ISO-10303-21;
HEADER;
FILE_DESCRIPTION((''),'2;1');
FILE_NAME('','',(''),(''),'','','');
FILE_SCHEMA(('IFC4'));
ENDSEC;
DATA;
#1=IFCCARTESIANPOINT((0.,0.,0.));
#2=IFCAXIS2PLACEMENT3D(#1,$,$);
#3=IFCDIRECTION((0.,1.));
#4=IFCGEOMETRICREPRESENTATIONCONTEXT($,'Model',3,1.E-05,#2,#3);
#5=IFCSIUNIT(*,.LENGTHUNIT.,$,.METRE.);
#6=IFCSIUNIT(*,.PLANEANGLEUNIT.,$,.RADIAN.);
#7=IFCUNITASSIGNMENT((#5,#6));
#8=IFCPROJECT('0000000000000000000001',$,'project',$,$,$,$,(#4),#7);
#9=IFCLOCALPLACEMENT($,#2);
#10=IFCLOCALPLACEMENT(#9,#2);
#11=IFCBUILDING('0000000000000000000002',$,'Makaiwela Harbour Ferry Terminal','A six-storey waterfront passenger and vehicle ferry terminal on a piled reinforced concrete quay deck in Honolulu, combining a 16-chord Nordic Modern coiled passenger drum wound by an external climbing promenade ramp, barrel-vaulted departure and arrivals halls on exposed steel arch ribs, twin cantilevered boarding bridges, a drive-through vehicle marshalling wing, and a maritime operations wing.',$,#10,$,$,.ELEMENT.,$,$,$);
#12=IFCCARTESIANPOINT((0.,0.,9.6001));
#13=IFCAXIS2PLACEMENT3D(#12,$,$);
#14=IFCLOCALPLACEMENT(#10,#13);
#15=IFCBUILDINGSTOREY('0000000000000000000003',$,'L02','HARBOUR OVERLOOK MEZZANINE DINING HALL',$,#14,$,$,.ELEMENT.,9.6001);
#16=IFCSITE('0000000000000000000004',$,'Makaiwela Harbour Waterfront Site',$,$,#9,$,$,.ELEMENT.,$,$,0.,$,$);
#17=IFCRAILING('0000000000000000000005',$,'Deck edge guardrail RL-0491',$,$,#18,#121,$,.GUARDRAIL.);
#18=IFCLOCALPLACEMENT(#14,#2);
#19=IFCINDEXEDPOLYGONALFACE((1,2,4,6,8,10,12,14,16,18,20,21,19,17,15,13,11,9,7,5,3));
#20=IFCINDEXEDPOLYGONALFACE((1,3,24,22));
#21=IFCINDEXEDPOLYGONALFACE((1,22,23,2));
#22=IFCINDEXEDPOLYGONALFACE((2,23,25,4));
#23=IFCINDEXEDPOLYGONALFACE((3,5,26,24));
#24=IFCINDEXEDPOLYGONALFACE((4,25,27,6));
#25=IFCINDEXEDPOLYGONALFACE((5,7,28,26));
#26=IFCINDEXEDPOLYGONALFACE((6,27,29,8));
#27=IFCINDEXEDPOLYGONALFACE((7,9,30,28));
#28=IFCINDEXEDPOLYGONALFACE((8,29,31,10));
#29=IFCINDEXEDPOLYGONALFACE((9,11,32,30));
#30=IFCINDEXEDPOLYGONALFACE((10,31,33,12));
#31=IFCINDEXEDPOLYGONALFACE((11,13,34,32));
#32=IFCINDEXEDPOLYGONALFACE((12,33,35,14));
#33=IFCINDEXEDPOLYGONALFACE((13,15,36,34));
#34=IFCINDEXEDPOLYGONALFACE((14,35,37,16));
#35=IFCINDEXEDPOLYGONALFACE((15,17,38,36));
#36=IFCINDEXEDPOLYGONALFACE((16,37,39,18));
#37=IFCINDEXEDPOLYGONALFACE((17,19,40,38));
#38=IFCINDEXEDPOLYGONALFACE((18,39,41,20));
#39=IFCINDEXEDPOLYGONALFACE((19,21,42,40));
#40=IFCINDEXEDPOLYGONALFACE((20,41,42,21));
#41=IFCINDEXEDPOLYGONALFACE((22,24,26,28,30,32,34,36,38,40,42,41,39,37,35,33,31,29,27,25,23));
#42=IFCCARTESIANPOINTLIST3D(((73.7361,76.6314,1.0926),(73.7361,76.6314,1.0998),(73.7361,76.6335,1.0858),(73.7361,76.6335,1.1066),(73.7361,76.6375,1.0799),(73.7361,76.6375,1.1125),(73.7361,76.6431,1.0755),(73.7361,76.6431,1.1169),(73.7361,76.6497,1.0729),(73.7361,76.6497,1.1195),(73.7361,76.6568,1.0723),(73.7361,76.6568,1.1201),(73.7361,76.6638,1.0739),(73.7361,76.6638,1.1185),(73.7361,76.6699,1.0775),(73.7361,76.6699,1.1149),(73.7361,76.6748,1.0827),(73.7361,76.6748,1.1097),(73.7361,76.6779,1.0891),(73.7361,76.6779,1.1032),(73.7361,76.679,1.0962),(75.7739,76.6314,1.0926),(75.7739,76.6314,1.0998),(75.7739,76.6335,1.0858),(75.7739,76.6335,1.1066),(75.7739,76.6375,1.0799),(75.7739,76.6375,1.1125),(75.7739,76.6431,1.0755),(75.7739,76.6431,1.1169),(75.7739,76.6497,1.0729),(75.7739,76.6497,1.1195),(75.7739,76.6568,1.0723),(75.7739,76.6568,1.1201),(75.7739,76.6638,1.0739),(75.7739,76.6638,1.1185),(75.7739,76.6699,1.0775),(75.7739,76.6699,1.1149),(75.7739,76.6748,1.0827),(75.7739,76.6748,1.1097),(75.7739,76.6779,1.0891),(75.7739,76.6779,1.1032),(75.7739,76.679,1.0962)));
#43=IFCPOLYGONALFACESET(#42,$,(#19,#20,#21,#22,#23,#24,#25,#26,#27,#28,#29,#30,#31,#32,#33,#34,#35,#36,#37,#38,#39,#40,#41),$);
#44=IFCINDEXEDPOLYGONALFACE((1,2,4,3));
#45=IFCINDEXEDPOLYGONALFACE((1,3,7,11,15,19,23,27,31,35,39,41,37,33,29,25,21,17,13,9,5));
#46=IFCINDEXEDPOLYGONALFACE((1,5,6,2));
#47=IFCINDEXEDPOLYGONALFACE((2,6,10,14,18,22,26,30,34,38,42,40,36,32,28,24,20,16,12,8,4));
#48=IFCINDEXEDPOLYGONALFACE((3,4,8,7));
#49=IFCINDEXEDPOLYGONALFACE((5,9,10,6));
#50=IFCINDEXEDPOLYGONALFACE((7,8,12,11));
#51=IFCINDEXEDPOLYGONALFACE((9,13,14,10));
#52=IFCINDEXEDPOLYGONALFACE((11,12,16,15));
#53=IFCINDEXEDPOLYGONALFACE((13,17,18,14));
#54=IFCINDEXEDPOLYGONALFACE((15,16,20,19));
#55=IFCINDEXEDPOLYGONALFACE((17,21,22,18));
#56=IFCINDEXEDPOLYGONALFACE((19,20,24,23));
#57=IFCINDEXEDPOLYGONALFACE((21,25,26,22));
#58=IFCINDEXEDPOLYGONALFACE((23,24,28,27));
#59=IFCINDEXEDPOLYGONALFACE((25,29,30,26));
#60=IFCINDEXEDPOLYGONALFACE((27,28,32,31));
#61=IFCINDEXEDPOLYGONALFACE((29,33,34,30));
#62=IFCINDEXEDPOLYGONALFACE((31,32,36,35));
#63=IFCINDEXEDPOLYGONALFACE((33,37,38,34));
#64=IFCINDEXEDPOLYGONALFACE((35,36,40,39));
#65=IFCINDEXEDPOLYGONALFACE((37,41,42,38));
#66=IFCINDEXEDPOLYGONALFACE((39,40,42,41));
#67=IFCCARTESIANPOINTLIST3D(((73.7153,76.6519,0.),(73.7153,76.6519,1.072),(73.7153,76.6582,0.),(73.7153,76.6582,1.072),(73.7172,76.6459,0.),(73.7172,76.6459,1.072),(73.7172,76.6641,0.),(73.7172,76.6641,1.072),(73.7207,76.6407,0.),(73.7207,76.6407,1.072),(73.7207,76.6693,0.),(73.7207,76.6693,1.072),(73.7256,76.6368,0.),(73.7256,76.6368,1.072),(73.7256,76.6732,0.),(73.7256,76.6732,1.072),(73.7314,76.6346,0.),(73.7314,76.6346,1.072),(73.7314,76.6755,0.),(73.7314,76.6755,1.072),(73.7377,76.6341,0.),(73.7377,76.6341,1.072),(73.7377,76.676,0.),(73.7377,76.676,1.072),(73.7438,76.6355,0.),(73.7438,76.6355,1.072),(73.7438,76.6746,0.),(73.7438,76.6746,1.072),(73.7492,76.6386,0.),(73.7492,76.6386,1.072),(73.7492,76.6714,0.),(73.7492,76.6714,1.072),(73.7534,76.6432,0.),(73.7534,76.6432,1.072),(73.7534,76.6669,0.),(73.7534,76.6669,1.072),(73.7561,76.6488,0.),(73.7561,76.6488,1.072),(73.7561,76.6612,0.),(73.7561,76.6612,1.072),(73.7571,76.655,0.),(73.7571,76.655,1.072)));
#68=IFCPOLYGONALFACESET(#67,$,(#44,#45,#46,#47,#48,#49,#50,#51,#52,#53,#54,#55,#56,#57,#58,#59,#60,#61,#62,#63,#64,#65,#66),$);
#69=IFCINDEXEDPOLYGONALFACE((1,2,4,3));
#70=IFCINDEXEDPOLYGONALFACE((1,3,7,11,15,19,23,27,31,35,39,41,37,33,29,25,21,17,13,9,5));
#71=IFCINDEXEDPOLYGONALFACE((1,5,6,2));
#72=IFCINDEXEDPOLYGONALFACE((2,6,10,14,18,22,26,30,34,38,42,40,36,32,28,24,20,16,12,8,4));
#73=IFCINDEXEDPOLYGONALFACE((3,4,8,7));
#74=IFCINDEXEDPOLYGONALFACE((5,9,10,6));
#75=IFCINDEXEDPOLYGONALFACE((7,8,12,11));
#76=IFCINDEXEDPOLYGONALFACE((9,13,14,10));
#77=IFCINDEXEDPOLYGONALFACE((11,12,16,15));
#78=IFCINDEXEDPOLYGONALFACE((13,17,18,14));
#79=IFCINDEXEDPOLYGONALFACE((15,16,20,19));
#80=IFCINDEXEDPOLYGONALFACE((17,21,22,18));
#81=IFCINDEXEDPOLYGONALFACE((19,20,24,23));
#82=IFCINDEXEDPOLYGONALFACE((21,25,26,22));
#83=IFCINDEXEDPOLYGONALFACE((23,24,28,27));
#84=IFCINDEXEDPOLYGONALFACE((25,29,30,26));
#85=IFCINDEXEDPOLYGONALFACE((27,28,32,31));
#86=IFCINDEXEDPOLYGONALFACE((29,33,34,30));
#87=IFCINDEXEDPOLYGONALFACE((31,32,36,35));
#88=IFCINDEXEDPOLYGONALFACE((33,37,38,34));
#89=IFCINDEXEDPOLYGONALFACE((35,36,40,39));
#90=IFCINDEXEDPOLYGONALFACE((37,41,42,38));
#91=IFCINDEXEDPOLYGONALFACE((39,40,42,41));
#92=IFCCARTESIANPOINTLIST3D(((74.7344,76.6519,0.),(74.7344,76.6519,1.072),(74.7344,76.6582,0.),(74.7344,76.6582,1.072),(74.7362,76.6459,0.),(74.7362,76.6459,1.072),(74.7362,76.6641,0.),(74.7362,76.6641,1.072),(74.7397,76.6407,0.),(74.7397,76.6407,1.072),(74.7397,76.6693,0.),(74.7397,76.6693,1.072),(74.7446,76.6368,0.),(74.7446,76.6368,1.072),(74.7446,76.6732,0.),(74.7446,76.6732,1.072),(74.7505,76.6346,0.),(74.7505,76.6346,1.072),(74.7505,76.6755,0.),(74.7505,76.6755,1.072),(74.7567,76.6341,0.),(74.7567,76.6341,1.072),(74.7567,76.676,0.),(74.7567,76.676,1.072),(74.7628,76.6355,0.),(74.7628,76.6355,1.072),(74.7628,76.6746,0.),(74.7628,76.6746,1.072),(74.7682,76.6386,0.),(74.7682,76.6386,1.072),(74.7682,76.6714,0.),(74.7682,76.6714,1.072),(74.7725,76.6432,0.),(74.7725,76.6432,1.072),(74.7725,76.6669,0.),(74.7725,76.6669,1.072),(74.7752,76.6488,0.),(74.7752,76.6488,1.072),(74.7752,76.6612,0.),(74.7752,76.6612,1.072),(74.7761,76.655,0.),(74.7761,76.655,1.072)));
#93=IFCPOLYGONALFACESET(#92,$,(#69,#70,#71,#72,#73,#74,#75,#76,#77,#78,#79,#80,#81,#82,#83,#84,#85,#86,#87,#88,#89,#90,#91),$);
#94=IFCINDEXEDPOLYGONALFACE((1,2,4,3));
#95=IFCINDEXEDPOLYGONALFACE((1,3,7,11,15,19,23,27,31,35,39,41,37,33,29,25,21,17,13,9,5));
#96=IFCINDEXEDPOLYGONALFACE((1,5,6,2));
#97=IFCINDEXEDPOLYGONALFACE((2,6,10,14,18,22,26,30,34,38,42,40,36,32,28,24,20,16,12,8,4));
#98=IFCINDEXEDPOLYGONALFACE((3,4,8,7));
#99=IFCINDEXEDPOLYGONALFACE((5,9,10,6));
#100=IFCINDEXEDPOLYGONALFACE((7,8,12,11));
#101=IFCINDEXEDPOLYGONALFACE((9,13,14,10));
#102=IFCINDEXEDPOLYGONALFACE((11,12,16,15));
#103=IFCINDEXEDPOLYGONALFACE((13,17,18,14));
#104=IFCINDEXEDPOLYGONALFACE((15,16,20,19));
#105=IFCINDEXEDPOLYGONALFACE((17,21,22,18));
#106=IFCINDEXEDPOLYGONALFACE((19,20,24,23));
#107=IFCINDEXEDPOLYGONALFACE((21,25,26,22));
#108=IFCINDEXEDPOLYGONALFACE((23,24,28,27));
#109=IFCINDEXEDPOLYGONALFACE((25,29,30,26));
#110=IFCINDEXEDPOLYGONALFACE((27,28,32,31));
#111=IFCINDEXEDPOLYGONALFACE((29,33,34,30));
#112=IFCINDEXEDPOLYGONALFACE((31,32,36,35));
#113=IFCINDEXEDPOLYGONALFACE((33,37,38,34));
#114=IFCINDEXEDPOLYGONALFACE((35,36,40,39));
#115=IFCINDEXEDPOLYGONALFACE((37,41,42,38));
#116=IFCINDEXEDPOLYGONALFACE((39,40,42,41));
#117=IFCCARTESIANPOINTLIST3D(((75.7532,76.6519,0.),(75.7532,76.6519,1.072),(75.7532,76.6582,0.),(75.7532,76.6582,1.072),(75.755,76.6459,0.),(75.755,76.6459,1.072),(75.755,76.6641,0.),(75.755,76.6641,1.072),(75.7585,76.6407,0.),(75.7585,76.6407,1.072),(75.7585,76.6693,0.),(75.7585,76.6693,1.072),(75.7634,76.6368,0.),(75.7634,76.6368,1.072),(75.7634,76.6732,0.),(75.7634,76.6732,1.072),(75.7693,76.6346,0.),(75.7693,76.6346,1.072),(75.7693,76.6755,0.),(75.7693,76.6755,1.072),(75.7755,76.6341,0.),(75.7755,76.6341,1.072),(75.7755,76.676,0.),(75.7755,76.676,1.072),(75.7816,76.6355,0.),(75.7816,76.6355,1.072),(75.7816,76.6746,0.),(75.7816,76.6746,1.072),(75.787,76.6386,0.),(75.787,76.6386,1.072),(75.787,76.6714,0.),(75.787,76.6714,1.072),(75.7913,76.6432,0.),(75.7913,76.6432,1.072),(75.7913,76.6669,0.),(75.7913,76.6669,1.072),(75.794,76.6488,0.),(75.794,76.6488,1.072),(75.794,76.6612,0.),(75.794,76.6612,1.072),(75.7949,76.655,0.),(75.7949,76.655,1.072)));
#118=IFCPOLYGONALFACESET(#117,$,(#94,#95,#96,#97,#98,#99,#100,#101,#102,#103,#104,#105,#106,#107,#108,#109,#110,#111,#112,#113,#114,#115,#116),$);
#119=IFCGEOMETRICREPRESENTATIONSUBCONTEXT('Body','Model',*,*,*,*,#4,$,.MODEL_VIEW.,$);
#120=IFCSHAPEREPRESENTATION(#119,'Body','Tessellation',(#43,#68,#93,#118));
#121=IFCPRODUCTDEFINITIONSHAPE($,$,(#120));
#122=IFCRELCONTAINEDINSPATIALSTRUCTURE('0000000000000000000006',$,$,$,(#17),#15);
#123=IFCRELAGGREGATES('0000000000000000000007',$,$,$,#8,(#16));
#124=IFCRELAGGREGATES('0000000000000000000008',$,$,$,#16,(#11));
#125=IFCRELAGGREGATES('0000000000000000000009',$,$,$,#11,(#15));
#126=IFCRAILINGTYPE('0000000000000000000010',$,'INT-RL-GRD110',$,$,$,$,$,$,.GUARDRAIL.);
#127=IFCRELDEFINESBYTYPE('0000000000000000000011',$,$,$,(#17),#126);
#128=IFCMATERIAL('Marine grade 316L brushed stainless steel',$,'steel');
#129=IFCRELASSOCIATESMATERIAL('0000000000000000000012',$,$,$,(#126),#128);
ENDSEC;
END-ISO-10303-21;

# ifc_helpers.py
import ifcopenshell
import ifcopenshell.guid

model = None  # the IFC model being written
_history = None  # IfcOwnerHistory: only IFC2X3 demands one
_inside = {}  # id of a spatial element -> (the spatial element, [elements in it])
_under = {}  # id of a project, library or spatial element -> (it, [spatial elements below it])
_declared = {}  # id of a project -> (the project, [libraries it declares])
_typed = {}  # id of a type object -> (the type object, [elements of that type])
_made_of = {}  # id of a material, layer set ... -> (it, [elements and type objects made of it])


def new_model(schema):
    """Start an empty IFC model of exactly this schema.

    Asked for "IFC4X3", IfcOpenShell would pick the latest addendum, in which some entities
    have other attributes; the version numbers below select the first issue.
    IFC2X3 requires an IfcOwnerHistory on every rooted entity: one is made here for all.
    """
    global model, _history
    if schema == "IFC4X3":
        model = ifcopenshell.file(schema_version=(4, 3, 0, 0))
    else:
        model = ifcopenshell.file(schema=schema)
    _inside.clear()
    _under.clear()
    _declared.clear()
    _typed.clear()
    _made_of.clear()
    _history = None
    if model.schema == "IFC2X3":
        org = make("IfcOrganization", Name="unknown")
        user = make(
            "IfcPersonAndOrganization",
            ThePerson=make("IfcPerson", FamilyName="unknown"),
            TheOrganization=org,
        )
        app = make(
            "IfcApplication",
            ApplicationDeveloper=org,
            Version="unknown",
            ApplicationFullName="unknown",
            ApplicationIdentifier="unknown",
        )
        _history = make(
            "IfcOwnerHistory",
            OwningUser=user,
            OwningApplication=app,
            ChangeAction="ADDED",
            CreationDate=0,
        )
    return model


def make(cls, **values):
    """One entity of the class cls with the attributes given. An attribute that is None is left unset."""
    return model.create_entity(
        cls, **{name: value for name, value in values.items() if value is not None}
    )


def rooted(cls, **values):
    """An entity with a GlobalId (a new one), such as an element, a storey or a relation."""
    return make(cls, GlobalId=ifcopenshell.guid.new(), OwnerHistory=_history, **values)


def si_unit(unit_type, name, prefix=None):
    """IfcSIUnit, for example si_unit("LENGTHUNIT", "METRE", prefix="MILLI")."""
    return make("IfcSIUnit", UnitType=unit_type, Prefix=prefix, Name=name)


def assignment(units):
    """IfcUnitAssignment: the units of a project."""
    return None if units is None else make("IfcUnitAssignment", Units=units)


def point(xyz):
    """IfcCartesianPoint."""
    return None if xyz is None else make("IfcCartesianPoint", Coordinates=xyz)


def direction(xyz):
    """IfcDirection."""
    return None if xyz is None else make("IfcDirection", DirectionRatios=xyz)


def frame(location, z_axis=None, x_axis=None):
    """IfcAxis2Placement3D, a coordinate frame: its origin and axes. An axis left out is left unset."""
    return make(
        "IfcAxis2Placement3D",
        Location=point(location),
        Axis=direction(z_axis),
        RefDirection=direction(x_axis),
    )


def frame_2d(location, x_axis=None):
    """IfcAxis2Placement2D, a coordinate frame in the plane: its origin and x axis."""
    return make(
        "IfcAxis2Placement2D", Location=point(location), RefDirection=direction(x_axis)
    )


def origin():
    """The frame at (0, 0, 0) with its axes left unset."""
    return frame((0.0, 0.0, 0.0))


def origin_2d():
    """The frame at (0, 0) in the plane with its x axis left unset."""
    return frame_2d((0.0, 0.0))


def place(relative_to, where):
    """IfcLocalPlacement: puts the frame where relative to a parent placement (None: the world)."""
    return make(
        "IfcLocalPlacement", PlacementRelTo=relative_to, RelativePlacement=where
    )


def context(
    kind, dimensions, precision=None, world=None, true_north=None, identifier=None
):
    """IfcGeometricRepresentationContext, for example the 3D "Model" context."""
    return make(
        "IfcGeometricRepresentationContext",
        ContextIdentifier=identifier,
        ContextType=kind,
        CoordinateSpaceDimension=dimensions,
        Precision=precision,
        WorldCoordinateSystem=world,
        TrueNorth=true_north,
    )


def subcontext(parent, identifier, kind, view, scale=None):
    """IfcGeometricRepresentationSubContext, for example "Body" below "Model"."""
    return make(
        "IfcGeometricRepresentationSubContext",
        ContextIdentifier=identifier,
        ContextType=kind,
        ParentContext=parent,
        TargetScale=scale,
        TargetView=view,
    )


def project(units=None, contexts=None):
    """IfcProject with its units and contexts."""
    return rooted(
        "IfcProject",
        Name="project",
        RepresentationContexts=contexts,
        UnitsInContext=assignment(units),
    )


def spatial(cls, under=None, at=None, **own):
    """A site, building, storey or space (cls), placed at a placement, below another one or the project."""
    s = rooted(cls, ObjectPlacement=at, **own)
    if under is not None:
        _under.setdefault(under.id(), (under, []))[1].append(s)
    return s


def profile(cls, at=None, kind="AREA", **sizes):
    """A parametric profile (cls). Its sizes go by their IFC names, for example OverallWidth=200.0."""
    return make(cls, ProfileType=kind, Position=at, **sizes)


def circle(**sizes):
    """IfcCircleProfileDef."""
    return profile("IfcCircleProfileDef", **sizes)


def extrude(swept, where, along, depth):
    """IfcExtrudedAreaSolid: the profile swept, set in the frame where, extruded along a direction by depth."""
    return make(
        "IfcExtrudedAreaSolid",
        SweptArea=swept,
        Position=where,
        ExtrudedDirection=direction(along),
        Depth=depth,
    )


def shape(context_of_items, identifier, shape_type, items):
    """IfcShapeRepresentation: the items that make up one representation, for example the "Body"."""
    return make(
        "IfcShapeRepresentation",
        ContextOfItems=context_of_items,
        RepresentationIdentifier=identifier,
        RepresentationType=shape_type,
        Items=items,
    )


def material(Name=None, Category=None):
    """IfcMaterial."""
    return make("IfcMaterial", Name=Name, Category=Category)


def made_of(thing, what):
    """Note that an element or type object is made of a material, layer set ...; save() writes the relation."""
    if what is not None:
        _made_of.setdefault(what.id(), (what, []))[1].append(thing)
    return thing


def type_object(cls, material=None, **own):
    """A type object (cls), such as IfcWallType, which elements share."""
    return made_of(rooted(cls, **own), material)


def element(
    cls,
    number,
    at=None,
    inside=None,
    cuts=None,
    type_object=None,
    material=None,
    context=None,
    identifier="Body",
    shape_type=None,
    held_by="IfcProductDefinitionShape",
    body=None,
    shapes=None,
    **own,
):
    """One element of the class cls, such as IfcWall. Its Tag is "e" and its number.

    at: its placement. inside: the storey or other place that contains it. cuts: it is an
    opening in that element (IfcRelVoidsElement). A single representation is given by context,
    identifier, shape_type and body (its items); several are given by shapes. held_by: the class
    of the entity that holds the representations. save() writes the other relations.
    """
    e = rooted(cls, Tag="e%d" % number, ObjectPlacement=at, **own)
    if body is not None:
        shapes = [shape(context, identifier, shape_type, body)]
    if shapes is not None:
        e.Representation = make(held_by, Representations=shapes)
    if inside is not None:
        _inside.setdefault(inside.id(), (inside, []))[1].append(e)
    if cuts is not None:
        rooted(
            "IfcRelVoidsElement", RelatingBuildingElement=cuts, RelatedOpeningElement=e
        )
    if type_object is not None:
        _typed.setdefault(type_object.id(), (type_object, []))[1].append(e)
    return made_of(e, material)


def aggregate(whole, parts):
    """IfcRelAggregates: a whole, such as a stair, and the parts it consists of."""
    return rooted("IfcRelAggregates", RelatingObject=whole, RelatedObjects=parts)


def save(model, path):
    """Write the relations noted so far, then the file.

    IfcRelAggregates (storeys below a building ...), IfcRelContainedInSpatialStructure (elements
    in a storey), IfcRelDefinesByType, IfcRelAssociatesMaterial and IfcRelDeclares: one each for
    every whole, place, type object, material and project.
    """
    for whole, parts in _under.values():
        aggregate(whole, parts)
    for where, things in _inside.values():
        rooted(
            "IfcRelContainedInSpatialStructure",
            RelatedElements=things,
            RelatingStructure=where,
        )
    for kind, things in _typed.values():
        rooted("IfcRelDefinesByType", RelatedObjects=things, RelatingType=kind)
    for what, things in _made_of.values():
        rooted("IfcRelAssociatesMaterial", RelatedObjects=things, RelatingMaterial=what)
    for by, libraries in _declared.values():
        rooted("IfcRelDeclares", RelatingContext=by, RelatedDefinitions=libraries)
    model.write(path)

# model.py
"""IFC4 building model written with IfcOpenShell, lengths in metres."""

from ifc_helpers import new_model, si_unit, direction, frame, origin, origin_2d, place, context, subcontext, project, spatial, circle, extrude, material, type_object, element, save


model = new_model("IFC4")

# Units and contexts
model_context = context("Model", 3, precision=1e-05, world=origin(), true_north=direction((0.0, 1.0)))
body_context = subcontext(model_context, "Body", "Model", "MODEL_VIEW")
ifc_project = project(units=[si_unit("LENGTHUNIT", "METRE"), si_unit("PLANEANGLEUNIT", "RADIAN")], contexts=[model_context])

# Site, building, storey
site_placement = place(None, origin())
site = spatial("IfcSite", under=ifc_project, at=site_placement, Name="Makaiwela Harbour Waterfront Site", CompositionType="ELEMENT", RefElevation=0.0)
building_placement = place(site_placement, origin())
building = spatial("IfcBuilding", under=site, at=building_placement, Name="Makaiwela Harbour Ferry Terminal", Description="A six-storey waterfront passenger and vehicle ferry terminal on a piled reinforced concrete quay deck in Honolulu, combining a 16-chord Nordic Modern coiled passenger drum wound by an external climbing promenade ramp, barrel-vaulted departure and arrivals halls on exposed steel arch ribs, twin cantilevered boarding bridges, a drive-through vehicle marshalling wing, and a maritime operations wing.", CompositionType="ELEMENT")
storey_placement = place(building_placement, frame((0.0, 0.0, 9.6001)))
storey = spatial("IfcBuildingStorey", under=building, at=storey_placement, Name="L02", Description="HARBOUR OVERLOOK MEZZANINE DINING HALL", CompositionType="ELEMENT", Elevation=9.6001)

# Railing
ifc_material_1 = material(Name="Marine grade 316L brushed stainless steel", Category="steel")
railing_type = type_object("IfcRailingType", Name="INT-RL-GRD110", PredefinedType="GUARDRAIL", material=ifc_material_1)
railing_1_placement = place(storey_placement, frame((73.7361, 76.655, 0.0)))
element("IfcRailing", 1, at=railing_1_placement, inside=storey, type_object=railing_type, Name="Deck edge guardrail RL-0491", PredefinedType="GUARDRAIL", context=body_context, shape_type="SweptSolid", body=[
    extrude(circle(Radius=0.0239, at=origin_2d()), frame((0.0, 0.0, 1.0962), z_axis=(1.0, 0.0, 0.0), x_axis=(0.0, 1.0, 0.0)), (0.0, 0.0, 1.0), 2.0378),
    extrude(circle(Radius=0.021, at=origin_2d()), origin(), (0.0, 0.0, 1.0), 1.072),
    extrude(circle(Radius=0.021, at=origin_2d()), frame((1.019, 0.0, 0.0)), (0.0, 0.0, 1.0), 1.072),
    extrude(circle(Radius=0.021, at=origin_2d()), frame((2.0378, 0.0, 0.0)), (0.0, 0.0, 1.0), 1.072),
])

save(model, "model.ifc")
